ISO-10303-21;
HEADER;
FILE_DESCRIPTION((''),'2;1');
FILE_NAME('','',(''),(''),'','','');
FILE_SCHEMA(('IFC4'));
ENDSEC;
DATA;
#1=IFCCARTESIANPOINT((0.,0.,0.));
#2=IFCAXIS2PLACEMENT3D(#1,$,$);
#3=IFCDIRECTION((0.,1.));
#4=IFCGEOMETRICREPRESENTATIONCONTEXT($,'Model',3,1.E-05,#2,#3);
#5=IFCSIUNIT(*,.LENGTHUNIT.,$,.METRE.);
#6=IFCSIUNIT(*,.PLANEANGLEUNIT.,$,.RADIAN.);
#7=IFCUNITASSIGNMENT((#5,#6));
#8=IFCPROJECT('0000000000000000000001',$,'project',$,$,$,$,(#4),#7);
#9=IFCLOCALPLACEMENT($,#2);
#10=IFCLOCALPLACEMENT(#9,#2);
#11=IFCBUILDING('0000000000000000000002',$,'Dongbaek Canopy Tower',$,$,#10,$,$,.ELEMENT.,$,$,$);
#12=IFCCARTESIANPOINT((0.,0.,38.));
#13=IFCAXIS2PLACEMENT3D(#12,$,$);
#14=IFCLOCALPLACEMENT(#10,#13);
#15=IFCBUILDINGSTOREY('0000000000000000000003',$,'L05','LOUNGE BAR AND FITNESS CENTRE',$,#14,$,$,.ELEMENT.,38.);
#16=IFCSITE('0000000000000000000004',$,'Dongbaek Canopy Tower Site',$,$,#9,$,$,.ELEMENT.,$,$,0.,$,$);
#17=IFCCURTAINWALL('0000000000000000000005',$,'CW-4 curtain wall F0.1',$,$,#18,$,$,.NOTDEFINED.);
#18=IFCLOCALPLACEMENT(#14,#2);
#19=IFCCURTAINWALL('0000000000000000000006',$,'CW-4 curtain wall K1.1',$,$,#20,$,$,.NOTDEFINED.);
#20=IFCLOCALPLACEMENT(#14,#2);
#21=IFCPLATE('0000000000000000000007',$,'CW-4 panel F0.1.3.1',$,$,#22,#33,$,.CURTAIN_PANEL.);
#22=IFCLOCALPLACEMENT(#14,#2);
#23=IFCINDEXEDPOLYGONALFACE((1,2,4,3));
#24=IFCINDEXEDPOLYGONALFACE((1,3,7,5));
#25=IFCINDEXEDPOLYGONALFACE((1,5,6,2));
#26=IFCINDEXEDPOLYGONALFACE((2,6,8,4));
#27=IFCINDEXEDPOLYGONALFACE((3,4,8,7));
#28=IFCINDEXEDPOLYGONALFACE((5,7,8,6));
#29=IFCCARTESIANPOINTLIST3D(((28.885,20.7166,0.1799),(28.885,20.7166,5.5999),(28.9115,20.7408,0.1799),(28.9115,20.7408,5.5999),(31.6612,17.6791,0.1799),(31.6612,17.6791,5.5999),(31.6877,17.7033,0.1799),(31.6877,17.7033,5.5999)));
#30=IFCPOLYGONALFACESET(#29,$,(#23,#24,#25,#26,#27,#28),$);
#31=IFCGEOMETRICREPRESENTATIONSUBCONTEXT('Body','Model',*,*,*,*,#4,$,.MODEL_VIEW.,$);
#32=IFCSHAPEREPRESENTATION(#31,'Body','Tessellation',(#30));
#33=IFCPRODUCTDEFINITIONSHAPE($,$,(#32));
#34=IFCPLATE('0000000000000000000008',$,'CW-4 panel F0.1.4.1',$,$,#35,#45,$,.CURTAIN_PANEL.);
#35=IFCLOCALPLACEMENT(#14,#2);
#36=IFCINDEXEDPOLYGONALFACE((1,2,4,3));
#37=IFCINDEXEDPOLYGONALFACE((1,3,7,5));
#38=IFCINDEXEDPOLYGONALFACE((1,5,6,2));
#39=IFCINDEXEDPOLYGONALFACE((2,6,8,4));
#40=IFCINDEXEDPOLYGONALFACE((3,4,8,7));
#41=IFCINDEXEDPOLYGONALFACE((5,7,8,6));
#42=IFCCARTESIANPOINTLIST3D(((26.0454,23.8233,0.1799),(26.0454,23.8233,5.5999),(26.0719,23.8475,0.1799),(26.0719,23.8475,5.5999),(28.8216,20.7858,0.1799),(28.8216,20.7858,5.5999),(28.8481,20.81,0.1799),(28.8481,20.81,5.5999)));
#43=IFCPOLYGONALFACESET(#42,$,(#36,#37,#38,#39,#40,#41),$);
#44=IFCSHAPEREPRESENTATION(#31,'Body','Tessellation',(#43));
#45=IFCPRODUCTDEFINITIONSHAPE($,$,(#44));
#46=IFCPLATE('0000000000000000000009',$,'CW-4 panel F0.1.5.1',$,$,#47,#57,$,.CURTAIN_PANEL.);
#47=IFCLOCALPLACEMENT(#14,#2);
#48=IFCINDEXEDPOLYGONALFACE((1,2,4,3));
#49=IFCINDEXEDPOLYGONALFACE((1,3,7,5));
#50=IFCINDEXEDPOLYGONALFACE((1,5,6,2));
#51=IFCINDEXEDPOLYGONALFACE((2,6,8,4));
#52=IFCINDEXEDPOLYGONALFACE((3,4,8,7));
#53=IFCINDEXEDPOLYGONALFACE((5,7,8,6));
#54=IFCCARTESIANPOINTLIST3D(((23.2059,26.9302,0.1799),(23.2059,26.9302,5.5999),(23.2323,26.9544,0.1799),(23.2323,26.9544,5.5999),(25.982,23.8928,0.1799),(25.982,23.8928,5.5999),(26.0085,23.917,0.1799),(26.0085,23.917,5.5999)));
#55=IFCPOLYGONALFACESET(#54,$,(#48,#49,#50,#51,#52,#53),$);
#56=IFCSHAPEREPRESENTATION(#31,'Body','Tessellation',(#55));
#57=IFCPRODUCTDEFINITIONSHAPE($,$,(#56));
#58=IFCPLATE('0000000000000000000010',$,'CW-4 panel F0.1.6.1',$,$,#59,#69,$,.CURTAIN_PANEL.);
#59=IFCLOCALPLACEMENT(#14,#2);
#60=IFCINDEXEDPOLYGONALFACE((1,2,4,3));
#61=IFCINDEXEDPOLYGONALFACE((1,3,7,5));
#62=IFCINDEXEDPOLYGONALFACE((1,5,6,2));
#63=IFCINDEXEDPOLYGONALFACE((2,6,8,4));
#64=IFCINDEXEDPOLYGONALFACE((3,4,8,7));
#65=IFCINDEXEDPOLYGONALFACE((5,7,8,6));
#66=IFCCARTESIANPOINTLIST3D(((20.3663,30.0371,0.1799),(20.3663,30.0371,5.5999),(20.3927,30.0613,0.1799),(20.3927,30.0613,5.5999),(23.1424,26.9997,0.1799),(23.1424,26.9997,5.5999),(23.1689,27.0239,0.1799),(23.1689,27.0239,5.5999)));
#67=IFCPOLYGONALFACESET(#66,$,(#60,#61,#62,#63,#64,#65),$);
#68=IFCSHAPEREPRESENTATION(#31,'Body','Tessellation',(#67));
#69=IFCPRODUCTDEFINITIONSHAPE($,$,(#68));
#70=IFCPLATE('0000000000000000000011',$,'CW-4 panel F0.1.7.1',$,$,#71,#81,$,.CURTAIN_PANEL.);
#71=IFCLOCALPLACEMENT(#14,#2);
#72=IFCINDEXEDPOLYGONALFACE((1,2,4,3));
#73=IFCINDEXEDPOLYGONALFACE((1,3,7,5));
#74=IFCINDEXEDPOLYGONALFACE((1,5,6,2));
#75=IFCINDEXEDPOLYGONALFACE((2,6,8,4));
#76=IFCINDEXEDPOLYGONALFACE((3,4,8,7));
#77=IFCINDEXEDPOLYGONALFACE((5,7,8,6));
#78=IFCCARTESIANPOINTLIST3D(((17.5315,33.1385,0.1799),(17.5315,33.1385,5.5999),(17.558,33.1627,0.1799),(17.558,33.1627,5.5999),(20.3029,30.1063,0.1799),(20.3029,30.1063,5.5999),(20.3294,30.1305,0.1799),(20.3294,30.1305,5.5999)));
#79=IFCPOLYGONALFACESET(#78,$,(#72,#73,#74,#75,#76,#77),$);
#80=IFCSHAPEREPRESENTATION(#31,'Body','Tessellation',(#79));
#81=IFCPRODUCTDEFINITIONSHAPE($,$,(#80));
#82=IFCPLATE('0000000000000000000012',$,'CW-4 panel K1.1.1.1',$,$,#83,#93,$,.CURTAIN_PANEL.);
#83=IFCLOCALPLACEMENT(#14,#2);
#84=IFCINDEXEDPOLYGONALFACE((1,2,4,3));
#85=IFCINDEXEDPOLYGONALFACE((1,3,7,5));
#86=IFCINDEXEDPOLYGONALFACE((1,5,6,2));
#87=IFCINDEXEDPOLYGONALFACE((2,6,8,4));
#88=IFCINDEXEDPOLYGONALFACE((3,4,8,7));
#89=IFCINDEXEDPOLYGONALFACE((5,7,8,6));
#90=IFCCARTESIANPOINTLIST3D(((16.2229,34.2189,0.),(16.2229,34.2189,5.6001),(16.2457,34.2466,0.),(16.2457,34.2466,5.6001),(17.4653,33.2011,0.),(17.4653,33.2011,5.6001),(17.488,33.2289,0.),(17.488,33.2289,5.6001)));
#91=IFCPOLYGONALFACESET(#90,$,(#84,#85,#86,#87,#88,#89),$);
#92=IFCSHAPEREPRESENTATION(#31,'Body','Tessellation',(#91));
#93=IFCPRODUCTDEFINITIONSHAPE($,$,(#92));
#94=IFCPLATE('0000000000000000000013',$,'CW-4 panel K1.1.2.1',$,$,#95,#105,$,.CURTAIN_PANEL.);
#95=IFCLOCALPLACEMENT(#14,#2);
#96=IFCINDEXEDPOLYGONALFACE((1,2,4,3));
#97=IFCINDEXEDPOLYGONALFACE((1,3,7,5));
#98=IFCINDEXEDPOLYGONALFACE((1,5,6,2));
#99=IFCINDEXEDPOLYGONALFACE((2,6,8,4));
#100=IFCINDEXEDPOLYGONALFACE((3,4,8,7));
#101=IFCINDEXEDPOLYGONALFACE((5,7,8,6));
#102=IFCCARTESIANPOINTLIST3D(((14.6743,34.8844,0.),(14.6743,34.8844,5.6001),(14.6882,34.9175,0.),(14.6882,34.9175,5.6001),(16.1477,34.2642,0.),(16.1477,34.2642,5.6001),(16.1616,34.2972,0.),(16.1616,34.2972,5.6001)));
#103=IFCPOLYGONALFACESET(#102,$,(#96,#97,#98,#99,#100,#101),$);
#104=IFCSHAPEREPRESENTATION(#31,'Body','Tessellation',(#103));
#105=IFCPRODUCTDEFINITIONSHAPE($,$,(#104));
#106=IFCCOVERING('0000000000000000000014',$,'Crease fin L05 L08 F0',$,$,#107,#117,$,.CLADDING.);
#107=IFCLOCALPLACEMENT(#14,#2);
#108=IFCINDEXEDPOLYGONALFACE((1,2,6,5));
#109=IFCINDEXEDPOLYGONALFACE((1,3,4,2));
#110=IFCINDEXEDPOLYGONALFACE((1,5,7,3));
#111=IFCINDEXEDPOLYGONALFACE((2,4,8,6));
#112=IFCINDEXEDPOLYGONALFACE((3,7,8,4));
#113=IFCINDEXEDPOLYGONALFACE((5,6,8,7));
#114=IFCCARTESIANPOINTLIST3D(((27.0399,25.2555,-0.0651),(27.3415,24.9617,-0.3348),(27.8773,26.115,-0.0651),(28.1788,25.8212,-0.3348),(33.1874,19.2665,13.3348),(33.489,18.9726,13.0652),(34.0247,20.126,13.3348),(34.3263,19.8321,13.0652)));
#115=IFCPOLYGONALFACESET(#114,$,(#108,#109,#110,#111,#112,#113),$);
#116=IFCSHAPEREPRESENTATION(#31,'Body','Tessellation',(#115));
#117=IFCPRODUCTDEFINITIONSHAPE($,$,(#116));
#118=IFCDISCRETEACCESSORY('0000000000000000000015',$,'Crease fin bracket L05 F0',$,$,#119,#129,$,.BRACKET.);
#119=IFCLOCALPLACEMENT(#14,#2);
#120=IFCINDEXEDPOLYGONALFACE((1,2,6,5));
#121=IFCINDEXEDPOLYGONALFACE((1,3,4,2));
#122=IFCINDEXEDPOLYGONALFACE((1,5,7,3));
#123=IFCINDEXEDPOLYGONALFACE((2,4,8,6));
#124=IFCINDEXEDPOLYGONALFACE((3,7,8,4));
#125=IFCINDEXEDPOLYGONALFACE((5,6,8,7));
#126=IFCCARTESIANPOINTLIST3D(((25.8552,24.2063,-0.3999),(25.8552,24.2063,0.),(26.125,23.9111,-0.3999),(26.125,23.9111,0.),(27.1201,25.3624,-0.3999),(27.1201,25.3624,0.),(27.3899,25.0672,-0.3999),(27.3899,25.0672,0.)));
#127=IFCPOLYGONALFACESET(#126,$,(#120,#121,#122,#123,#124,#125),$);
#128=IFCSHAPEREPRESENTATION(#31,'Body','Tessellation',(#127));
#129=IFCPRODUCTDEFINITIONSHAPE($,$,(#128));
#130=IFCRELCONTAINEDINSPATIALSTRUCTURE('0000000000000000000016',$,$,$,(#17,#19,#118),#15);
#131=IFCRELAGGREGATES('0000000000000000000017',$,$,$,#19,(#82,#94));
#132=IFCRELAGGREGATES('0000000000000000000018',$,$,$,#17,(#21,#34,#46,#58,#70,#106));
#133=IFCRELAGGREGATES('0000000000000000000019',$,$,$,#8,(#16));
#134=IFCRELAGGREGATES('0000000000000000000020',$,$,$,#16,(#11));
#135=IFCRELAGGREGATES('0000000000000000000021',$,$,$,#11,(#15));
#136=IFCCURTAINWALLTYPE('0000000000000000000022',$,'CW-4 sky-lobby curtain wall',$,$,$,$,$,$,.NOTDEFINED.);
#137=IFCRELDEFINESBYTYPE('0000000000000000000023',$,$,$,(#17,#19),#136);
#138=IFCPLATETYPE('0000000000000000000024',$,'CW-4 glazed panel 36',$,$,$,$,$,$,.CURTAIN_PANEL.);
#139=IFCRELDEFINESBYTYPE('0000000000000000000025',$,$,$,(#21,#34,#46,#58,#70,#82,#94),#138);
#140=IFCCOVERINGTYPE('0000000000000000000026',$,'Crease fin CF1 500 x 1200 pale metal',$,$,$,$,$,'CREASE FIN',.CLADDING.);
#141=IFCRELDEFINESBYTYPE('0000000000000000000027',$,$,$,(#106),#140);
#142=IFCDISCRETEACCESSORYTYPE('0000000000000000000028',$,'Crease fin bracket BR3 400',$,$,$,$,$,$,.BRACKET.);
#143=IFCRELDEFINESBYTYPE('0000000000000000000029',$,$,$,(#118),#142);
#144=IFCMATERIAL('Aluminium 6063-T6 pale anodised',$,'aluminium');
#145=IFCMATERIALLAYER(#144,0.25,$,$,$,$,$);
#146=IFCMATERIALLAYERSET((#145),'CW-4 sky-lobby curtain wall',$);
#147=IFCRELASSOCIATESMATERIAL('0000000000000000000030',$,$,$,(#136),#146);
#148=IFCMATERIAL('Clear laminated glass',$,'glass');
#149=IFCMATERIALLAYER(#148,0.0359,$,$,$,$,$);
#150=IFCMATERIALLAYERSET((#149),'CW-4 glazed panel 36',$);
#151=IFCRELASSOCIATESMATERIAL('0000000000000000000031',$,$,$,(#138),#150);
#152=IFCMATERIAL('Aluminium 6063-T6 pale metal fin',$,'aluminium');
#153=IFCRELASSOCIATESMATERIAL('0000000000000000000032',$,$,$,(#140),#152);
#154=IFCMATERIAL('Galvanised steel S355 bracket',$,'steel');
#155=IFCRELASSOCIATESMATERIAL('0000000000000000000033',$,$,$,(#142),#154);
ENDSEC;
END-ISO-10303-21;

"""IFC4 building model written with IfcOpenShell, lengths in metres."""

from ifc_helpers import new_model, si_unit, direction, frame, origin, origin_2d, place, context, subcontext, project, spatial, rectangle, extrude, material, layer, layer_set, material_profile, profile_set, type_object, element, aggregate, save


model = new_model("IFC4")

# Units and contexts
model_context = context("Model", 3, precision=1e-05, world=origin(), true_north=direction((0.0, 1.0)))
body_context = subcontext(model_context, "Body", "Model", "MODEL_VIEW")
ifc_project = project(units=[si_unit("LENGTHUNIT", "METRE"), si_unit("PLANEANGLEUNIT", "RADIAN")], contexts=[model_context])

# Site, building, storey
site_placement = place(None, origin())
site = spatial("IfcSite", under=ifc_project, at=site_placement, Name="Dongbaek Canopy Tower Site", CompositionType="ELEMENT", RefElevation=0.0)
building_placement = place(site_placement, origin())
building = spatial("IfcBuilding", under=site, at=building_placement, Name="Dongbaek Canopy Tower", CompositionType="ELEMENT")
storey_placement = place(building_placement, frame((0.0, 0.0, 38.0)))
storey = spatial("IfcBuildingStorey", under=building, at=storey_placement, Name="L05", Description="LOUNGE BAR AND FITNESS CENTRE", CompositionType="ELEMENT", Elevation=38.0)

# Curtain walls
ifc_material_1 = material(Name="Aluminium 6063-T6 pale anodised", Category="aluminium")
ifc_layer_1 = layer(ifc_material_1, 0.25)
ifc_layer_set_1 = layer_set([ifc_layer_1], Name="CW-4 sky-lobby curtain wall")
curtain_wall_type = type_object("IfcCurtainWallType", Name="CW-4 sky-lobby curtain wall", PredefinedType="NOTDEFINED", material=ifc_layer_set_1)
curtain_wall_1_placement = place(storey_placement, origin())
curtain_wall_1 = element("IfcCurtainWall", 1, at=curtain_wall_1_placement, inside=storey, type_object=curtain_wall_type, Name="CW-4 curtain wall F0.1", PredefinedType="NOTDEFINED")
curtain_wall_2_placement = place(storey_placement, origin())
curtain_wall_2 = element("IfcCurtainWall", 2, at=curtain_wall_2_placement, inside=storey, type_object=curtain_wall_type, Name="CW-4 curtain wall K1.1", PredefinedType="NOTDEFINED")

# Plates
ifc_material_2 = material(Name="Clear laminated glass", Category="glass")
ifc_layer_2 = layer(ifc_material_2, 0.0359)
ifc_layer_set_2 = layer_set([ifc_layer_2], Name="CW-4 glazed panel 36")
plate_type = type_object("IfcPlateType", Name="CW-4 glazed panel 36", PredefinedType="CURTAIN_PANEL", material=ifc_layer_set_2)
plate_1_placement = place(storey_placement, frame((30.2864, 19.21, 0.1799), z_axis=(0.0, 0.0, 1.0), x_axis=(-0.674647, 0.738141, 0.0)))
plate_1 = element("IfcPlate", 3, at=plate_1_placement, type_object=plate_type, Name="CW-4 panel F0.1.3.1", PredefinedType="CURTAIN_PANEL", context=body_context, shape_type="SweptSolid", body=[
    extrude(rectangle(XDim=4.115, YDim=0.0359, at=origin_2d()), origin(), (0.0, 0.0, 1.0), 5.4199),
])
plate_2_placement = place(storey_placement, frame((27.4468, 22.3167, 0.1799), z_axis=(0.0, 0.0, 1.0), x_axis=(-0.674647, 0.738141, 0.0)))
plate_2 = element("IfcPlate", 4, at=plate_2_placement, type_object=plate_type, Name="CW-4 panel F0.1.4.1", PredefinedType="CURTAIN_PANEL", context=body_context, shape_type="SweptSolid", body=[
    extrude(rectangle(XDim=4.115, YDim=0.0359, at=origin_2d()), origin(), (0.0, 0.0, 1.0), 5.4199),
])
plate_3_placement = place(storey_placement, frame((24.6072, 25.4236, 0.1799), z_axis=(0.0, 0.0, 1.0), x_axis=(-0.674647, 0.738141, 0.0)))
plate_3 = element("IfcPlate", 5, at=plate_3_placement, type_object=plate_type, Name="CW-4 panel F0.1.5.1", PredefinedType="CURTAIN_PANEL", context=body_context, shape_type="SweptSolid", body=[
    extrude(rectangle(XDim=4.115, YDim=0.0359, at=origin_2d()), origin(), (0.0, 0.0, 1.0), 5.4199),
])
plate_4_placement = place(storey_placement, frame((21.7676, 28.5305, 0.1799), z_axis=(0.0, 0.0, 1.0), x_axis=(-0.674647, 0.738141, 0.0)))
plate_4 = element("IfcPlate", 6, at=plate_4_placement, type_object=plate_type, Name="CW-4 panel F0.1.6.1", PredefinedType="CURTAIN_PANEL", context=body_context, shape_type="SweptSolid", body=[
    extrude(rectangle(XDim=4.115, YDim=0.0359, at=origin_2d()), origin(), (0.0, 0.0, 1.0), 5.4199),
])
plate_5_placement = place(storey_placement, frame((18.9304, 31.6345, 0.1799), z_axis=(0.0, 0.0, 1.0), x_axis=(-0.674647, 0.738141, 0.0)))
plate_5 = element("IfcPlate", 7, at=plate_5_placement, type_object=plate_type, Name="CW-4 panel F0.1.7.1", PredefinedType="CURTAIN_PANEL", context=body_context, shape_type="SweptSolid", body=[
    extrude(rectangle(XDim=4.1079, YDim=0.0359, at=origin_2d()), origin(), (0.0, 0.0, 1.0), 5.4199),
])
plate_6_placement = place(storey_placement, frame((16.8555, 33.7239, 0.0), z_axis=(0.0, 0.0, 1.0), x_axis=(-0.773564, 0.633718, 0.0)))
plate_6 = element("IfcPlate", 8, at=plate_6_placement, type_object=plate_type, Name="CW-4 panel K1.1.1.1", PredefinedType="CURTAIN_PANEL", context=body_context, shape_type="SweptSolid", body=[
    extrude(rectangle(XDim=1.606, YDim=0.0359, at=origin_2d()), origin(), (0.0, 0.0, 1.0), 5.6001),
])
plate_7_placement = place(storey_placement, frame((15.418, 34.5908, 0.0), z_axis=(0.0, 0.0, 1.0), x_axis=(-0.921671, 0.387973, 0.0)))
plate_7 = element("IfcPlate", 9, at=plate_7_placement, type_object=plate_type, Name="CW-4 panel K1.1.2.1", PredefinedType="CURTAIN_PANEL", context=body_context, shape_type="SweptSolid", body=[
    extrude(rectangle(XDim=1.5986, YDim=0.0359, at=origin_2d()), origin(), (0.0, 0.0, 1.0), 5.6001),
])
aggregate(curtain_wall_2, [plate_6, plate_7])

# Covering
ifc_material_3 = material(Name="Aluminium 6063-T6 pale metal fin", Category="aluminium")
ifc_material_profile_1 = material_profile(ifc_material_3, rectangle(XDim=1.2, YDim=0.5, at=origin_2d()), Name="Crease fin CF1 500 x 1200 pale metal")
ifc_profile_set_1 = profile_set([ifc_material_profile_1], Name="Aluminium 6063-T6 pale metal fin")
covering_type = type_object("IfcCoveringType", Name="Crease fin CF1 500 x 1200 pale metal", ElementType="CREASE FIN", PredefinedType="CLADDING", material=ifc_profile_set_1)
covering_placement = place(storey_placement, frame((27.6094, 25.5383, -0.2), z_axis=(0.386322, -0.376365, 0.842084), x_axis=(0.697816, 0.716277, 0.0)))
covering = element("IfcCovering", 10, at=covering_placement, type_object=covering_type, Name="Crease fin L05 L08 F0", PredefinedType="CLADDING", context=body_context, shape_type="SweptSolid", body=[
    extrude(rectangle(XDim=1.2, YDim=0.5, at=origin_2d()), origin(), (0.0, 0.0, 1.0), 15.9128),
])
aggregate(curtain_wall_1, [plate_1, plate_2, plate_3, plate_4, plate_5, covering])

# Discrete accessory
ifc_material_4 = material(Name="Galvanised steel S355 bracket", Category="steel")
discrete_accessory_type = type_object("IfcDiscreteAccessoryType", Name="Crease fin bracket BR3 400", PredefinedType="BRACKET", material=ifc_material_4)
discrete_accessory_placement = place(storey_placement, frame((26.6226, 24.6367, -0.3999), z_axis=(0.0, 0.0, 1.0), x_axis=(0.738141, 0.674646, 0.0)))
element("IfcDiscreteAccessory", 11, at=discrete_accessory_placement, inside=storey, type_object=discrete_accessory_type, Name="Crease fin bracket L05 F0", PredefinedType="BRACKET", context=body_context, shape_type="SweptSolid", body=[
    extrude(rectangle(XDim=1.7136, YDim=0.3999, at=origin_2d()), origin(), (0.0, 0.0, 1.0), 0.3999),
])

save(model, "model.ifc")
